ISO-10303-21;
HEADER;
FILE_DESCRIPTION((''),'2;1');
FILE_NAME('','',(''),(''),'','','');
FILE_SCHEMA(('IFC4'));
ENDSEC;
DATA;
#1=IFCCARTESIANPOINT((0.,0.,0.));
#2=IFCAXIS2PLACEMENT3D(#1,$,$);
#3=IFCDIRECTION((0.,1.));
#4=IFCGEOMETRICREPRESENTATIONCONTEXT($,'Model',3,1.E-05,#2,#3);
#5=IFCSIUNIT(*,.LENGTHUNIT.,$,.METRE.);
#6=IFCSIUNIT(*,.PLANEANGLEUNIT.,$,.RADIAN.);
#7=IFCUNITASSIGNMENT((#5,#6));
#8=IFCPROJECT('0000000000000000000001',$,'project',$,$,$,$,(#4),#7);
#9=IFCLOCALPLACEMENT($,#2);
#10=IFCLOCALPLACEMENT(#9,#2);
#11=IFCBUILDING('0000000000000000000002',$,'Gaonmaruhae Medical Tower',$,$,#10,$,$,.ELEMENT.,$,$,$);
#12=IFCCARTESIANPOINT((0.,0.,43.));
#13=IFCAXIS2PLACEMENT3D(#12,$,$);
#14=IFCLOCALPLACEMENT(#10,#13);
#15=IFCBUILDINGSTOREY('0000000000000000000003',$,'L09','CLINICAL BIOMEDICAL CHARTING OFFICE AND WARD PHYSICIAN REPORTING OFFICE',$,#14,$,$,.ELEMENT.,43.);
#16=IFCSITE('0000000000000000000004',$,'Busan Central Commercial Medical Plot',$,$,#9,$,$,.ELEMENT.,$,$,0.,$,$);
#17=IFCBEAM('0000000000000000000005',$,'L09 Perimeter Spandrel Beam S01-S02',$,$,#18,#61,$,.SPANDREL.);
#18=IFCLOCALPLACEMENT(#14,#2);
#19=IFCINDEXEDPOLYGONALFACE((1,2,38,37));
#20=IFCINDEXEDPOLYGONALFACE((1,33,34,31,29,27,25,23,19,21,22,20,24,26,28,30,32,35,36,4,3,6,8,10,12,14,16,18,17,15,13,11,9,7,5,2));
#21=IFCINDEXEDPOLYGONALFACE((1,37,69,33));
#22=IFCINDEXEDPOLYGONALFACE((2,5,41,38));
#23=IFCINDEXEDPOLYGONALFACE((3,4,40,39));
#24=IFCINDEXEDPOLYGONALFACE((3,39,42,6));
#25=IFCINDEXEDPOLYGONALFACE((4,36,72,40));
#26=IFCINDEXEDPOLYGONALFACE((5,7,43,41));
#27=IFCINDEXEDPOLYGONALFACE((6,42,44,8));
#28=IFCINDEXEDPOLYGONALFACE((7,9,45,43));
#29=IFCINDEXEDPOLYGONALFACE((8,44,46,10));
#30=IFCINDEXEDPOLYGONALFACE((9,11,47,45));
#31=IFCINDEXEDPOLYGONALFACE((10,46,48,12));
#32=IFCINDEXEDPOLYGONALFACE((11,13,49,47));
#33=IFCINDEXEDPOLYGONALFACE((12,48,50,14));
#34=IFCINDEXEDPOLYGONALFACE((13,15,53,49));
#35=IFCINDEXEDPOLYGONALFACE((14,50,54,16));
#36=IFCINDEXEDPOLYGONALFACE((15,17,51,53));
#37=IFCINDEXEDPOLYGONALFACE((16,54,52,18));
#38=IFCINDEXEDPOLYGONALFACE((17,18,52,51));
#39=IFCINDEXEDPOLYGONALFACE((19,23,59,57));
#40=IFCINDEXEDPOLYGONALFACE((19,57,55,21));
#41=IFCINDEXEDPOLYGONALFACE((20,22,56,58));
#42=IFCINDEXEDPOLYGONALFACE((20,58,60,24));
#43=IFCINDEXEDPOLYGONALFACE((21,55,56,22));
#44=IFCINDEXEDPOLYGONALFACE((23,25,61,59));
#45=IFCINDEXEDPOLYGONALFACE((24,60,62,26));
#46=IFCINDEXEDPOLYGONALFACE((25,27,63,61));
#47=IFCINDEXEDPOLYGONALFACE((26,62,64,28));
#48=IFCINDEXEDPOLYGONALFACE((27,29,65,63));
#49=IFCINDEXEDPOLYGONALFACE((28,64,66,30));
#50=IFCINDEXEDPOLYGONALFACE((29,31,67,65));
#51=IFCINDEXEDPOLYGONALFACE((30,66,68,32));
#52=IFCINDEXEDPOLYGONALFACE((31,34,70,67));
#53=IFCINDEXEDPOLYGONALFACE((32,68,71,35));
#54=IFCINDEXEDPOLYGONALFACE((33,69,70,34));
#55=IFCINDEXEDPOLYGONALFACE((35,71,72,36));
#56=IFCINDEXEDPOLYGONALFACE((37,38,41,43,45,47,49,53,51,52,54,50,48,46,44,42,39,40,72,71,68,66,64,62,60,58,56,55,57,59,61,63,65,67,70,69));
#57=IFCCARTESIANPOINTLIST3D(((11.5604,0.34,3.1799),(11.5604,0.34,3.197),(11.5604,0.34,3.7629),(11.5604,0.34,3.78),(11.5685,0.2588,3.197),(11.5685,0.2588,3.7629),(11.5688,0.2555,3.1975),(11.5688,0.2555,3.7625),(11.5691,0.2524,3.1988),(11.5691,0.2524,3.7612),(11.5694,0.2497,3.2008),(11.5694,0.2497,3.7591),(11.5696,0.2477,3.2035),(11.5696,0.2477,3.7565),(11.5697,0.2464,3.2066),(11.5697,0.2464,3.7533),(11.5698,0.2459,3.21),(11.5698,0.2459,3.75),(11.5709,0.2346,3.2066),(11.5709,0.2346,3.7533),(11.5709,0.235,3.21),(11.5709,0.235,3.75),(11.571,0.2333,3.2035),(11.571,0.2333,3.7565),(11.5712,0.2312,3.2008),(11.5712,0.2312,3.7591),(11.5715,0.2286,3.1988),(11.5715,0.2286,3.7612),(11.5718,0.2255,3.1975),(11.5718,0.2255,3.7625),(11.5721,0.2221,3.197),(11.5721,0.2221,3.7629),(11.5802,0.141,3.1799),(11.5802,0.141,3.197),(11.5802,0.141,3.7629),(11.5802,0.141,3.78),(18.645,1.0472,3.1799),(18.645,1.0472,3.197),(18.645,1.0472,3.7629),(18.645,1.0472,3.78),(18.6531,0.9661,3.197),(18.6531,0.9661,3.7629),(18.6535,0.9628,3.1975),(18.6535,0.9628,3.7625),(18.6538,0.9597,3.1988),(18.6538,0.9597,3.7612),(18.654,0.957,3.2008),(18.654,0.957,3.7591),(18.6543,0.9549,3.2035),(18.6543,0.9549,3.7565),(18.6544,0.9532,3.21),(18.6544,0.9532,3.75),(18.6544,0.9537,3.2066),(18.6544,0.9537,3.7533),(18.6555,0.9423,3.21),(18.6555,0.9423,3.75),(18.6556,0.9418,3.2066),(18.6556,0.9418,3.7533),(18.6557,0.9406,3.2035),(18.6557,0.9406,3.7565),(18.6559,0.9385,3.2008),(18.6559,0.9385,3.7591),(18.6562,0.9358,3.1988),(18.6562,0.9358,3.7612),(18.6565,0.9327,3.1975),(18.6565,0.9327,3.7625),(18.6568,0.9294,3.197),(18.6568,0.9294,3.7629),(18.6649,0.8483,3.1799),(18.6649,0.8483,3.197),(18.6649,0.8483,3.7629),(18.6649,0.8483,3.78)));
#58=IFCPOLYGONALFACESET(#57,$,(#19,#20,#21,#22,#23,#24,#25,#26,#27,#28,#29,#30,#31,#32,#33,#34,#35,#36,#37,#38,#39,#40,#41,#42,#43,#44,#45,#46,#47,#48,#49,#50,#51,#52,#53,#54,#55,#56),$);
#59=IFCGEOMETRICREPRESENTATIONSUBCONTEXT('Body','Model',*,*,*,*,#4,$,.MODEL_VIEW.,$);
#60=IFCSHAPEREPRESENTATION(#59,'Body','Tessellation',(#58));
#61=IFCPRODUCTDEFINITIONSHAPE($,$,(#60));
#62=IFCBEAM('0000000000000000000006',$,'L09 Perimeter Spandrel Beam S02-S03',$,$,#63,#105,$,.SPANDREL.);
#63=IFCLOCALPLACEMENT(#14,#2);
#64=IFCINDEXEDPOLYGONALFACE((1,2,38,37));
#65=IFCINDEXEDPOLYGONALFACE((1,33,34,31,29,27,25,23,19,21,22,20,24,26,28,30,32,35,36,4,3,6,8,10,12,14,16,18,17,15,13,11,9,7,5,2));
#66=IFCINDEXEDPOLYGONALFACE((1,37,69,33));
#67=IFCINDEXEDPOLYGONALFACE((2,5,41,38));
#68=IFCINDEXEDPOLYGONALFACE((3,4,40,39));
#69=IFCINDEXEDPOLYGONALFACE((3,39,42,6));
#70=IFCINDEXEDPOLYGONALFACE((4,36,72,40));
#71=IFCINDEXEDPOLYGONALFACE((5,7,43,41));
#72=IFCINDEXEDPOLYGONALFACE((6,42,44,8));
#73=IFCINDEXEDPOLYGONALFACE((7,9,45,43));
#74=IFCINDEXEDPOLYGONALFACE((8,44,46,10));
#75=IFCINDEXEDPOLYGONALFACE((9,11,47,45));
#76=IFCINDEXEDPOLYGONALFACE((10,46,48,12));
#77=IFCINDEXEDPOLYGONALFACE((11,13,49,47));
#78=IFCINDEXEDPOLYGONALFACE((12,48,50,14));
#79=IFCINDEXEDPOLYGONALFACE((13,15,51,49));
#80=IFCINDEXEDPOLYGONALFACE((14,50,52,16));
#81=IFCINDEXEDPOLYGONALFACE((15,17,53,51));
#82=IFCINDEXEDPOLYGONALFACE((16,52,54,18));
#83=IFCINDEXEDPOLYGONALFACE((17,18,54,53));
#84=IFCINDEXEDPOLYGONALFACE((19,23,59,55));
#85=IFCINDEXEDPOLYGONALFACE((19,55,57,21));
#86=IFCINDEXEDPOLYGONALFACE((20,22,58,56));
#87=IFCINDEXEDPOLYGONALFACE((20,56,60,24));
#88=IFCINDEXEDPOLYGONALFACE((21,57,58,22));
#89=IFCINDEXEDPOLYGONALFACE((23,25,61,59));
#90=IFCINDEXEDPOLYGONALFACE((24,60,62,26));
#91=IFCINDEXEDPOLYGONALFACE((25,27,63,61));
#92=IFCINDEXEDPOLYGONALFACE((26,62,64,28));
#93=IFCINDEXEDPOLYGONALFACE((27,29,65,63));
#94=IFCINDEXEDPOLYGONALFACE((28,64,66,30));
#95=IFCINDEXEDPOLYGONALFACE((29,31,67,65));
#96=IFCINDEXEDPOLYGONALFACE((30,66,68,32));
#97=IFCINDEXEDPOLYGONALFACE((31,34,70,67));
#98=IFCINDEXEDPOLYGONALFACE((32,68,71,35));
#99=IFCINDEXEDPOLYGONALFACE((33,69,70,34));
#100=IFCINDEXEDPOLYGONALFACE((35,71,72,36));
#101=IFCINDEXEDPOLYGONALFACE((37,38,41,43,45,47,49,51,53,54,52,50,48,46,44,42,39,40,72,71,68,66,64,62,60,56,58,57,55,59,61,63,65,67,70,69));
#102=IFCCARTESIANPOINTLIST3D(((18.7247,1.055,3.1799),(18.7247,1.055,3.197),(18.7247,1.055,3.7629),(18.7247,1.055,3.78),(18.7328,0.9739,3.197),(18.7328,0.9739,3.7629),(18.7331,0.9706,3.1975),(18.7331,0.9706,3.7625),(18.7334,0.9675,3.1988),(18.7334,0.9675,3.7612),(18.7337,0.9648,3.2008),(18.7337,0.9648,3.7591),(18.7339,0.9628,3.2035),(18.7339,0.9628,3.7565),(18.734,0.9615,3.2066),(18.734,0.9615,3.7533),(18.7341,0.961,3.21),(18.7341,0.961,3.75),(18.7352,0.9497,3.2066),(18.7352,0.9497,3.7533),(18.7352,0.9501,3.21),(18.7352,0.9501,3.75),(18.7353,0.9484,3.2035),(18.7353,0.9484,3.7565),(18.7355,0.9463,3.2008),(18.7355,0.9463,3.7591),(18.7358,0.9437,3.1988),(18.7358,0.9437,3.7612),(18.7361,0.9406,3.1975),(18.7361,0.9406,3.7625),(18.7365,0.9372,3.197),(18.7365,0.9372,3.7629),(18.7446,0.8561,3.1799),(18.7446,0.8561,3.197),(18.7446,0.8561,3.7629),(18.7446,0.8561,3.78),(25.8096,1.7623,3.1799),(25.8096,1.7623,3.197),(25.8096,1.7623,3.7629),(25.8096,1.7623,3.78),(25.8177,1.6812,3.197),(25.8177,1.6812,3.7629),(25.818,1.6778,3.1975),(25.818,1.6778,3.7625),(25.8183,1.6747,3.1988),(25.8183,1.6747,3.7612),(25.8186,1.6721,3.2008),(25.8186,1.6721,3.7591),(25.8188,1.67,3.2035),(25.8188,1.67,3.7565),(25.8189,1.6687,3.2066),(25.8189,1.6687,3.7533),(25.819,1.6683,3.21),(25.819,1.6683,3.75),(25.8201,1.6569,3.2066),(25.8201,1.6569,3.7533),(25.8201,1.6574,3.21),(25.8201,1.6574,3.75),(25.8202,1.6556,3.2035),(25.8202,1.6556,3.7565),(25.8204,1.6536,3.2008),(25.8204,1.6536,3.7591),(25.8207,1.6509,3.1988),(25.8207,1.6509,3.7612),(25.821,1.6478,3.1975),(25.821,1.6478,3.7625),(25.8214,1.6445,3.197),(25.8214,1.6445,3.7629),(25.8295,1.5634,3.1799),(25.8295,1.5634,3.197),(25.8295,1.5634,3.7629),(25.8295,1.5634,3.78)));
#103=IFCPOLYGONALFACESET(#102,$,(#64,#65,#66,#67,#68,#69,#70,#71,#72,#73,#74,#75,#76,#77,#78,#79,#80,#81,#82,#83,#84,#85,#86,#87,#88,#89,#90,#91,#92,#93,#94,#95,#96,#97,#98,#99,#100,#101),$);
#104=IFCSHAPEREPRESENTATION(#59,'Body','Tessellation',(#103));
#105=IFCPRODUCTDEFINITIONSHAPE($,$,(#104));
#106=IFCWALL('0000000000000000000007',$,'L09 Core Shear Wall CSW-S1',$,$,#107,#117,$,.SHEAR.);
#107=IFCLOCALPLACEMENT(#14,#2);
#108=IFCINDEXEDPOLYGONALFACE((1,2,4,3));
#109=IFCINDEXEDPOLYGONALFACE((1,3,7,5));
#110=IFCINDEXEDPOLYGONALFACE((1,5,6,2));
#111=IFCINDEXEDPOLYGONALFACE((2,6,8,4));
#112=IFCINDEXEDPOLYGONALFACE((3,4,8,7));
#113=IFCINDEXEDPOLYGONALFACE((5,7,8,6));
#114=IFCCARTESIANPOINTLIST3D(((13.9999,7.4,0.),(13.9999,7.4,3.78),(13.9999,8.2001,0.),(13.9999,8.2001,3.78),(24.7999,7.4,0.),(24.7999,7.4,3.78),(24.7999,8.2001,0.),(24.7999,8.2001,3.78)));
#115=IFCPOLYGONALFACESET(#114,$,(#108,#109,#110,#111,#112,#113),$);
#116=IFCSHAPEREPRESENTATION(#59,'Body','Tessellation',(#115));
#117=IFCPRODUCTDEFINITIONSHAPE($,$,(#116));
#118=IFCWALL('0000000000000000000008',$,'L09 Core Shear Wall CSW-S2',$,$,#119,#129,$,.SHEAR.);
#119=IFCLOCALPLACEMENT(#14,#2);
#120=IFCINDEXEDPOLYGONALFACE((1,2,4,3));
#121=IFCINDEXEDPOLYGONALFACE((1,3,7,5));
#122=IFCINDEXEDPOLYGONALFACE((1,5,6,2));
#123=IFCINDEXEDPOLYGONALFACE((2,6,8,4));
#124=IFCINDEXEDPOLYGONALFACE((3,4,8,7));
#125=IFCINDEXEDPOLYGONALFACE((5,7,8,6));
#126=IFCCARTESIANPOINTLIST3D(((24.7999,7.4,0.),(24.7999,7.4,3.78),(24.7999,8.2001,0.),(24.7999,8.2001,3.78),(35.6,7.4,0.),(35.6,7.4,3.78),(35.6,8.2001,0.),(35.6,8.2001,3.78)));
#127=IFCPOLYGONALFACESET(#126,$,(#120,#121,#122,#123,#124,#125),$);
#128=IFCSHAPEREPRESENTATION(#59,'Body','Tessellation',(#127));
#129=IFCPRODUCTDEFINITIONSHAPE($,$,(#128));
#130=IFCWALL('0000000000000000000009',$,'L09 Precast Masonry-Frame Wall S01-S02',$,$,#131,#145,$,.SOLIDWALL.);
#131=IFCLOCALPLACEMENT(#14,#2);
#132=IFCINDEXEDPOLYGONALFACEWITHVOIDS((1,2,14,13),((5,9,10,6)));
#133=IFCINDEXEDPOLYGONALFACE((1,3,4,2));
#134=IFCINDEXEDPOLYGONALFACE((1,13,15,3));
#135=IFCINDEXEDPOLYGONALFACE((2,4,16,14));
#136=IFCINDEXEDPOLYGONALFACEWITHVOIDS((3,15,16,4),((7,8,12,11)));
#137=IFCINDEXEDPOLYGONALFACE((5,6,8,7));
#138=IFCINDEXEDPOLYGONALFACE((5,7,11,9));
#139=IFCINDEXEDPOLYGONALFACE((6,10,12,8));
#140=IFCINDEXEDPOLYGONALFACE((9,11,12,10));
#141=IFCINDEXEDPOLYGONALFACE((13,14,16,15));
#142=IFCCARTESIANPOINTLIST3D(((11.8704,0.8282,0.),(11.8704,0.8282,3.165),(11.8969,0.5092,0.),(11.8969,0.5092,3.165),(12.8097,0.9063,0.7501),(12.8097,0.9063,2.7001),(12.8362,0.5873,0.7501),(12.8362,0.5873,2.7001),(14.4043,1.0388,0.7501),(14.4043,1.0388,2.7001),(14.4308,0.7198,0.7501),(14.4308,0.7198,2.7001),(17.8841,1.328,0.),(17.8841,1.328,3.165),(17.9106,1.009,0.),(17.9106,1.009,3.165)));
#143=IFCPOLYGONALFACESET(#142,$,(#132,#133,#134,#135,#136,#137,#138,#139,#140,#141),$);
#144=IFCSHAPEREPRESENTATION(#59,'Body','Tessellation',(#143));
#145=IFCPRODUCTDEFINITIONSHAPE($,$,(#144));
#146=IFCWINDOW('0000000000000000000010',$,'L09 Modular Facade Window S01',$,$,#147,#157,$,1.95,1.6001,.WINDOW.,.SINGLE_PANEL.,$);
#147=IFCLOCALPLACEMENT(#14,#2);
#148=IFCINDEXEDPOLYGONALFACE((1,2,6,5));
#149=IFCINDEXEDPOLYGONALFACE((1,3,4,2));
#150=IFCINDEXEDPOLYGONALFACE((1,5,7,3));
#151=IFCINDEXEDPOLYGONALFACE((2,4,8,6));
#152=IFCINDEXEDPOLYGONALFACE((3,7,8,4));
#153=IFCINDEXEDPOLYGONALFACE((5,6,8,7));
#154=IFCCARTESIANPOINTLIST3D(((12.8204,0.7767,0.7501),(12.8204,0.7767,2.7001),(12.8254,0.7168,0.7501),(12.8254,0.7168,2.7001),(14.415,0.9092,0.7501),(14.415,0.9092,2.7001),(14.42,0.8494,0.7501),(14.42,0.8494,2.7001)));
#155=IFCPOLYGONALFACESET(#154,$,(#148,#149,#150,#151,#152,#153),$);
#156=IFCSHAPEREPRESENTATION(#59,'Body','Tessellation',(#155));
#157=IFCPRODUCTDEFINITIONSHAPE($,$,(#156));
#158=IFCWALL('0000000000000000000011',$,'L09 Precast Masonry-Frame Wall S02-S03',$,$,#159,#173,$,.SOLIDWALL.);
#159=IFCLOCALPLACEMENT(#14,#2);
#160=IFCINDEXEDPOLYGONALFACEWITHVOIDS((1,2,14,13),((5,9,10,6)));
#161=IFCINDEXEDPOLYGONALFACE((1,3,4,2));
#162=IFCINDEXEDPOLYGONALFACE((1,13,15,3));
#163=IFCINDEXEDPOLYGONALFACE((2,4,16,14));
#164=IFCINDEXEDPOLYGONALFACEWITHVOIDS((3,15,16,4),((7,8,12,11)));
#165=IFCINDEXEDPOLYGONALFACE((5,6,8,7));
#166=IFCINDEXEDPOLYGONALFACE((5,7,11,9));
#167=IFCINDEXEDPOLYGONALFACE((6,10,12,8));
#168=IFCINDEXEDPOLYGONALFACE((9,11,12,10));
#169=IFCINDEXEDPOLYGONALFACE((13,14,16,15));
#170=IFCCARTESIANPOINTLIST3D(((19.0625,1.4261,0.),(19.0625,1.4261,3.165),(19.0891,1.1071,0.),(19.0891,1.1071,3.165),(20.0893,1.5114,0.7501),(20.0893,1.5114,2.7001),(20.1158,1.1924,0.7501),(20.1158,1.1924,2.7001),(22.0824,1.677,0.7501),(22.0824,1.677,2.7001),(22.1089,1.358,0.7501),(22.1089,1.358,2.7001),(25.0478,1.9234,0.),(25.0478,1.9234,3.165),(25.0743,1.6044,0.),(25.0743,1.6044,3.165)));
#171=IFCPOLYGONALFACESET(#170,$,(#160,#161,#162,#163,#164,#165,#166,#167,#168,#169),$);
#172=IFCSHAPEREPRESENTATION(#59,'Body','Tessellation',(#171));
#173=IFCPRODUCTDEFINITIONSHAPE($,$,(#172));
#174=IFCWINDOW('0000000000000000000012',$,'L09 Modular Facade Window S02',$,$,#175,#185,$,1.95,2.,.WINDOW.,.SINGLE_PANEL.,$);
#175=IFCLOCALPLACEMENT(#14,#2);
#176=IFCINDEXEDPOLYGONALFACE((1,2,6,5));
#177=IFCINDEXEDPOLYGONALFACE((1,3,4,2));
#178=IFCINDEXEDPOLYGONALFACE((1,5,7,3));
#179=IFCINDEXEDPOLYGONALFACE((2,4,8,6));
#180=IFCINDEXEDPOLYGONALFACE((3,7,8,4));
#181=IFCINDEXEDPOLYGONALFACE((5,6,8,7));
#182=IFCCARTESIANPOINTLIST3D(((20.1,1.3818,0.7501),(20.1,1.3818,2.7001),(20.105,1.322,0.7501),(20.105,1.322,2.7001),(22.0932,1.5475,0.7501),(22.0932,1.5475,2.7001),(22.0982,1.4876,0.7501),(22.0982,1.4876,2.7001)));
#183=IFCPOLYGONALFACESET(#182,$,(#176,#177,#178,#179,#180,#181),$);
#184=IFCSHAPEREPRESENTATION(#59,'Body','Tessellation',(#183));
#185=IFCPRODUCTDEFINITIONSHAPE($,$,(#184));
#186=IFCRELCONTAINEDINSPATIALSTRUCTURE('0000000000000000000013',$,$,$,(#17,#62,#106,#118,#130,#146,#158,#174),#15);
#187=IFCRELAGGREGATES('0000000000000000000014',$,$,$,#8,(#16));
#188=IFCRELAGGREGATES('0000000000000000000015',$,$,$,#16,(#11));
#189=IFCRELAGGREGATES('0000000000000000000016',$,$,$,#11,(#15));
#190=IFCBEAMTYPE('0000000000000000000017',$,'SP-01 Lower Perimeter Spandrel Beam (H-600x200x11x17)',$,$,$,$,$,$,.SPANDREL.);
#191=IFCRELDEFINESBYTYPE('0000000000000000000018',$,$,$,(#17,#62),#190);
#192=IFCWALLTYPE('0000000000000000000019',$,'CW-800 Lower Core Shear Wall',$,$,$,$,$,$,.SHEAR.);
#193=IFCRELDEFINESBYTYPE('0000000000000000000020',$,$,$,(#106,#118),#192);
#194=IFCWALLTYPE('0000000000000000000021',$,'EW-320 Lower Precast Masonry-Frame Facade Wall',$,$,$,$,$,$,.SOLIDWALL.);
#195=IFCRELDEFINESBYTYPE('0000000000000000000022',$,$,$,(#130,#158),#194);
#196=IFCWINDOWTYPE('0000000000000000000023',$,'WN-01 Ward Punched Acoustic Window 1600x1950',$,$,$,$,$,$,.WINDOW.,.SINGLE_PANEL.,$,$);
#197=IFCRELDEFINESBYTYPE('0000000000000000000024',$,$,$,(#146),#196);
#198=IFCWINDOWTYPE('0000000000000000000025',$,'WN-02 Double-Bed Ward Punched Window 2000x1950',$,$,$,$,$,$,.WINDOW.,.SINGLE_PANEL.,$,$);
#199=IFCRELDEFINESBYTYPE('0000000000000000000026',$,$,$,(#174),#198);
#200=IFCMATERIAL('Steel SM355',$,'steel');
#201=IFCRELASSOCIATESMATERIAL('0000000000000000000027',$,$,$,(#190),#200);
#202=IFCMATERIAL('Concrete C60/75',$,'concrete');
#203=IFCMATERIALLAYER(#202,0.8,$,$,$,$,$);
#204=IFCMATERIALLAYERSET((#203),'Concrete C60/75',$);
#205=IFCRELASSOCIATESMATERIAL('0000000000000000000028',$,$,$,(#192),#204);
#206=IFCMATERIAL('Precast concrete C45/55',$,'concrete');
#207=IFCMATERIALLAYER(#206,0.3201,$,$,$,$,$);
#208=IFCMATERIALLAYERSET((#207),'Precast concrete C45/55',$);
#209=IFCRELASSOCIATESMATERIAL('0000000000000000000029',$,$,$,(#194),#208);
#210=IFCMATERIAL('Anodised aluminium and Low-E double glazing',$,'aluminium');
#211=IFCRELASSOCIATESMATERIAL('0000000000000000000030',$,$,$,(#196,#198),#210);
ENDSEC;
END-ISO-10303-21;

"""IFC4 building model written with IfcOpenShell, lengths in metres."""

from ifc_helpers import new_model, si_unit, direction, frame, frame_2d, origin, origin_2d, place, context, subcontext, project, spatial, rectangle, i_section, extrude, material, layer, layer_set, material_profile, profile_set, type_object, element, fill, save


model = new_model("IFC4")

# Units and contexts
model_context = context("Model", 3, precision=1e-05, world=origin(), true_north=direction((0.0, 1.0)))
body_context = subcontext(model_context, "Body", "Model", "MODEL_VIEW")
ifc_project = project(units=[si_unit("LENGTHUNIT", "METRE"), si_unit("PLANEANGLEUNIT", "RADIAN")], contexts=[model_context])

# Site, building, storey
site_placement = place(None, origin())
site = spatial("IfcSite", under=ifc_project, at=site_placement, Name="Busan Central Commercial Medical Plot", CompositionType="ELEMENT", RefElevation=0.0)
building_placement = place(site_placement, origin())
building = spatial("IfcBuilding", under=site, at=building_placement, Name="Gaonmaruhae Medical Tower", CompositionType="ELEMENT")
storey_placement = place(building_placement, frame((0.0, 0.0, 43.0)))
storey = spatial("IfcBuildingStorey", under=building, at=storey_placement, Name="L09", Description="CLINICAL BIOMEDICAL CHARTING OFFICE AND WARD PHYSICIAN REPORTING OFFICE", CompositionType="ELEMENT", Elevation=43.0)

# Shared definitions
ifc_material_1 = material(Name="Concrete C60/75", Category="concrete")

# Beams
ifc_material_2 = material(Name="Steel SM355", Category="steel")
ifc_material_profile_1 = material_profile(ifc_material_2, i_section(OverallWidth=0.2, OverallDepth=0.6001, WebThickness=0.011, FlangeThickness=0.0171, FilletRadius=0.0129, at=origin_2d()), Name="H-600x200x11x17")
ifc_profile_set_1 = profile_set([ifc_material_profile_1], Name="Steel SM355")
beam_type_1 = type_object("IfcBeamType", Name="SP-01 Lower Perimeter Spandrel Beam (H-600x200x11x17)", PredefinedType="SPANDREL", material=ifc_profile_set_1)
beam_1_placement = place(storey_placement, frame((11.5703, 0.2405, 3.48), z_axis=(0.995054, 0.099337, 0.0), x_axis=(-0.099337, 0.995054, 0.0)))
element("IfcBeam", 1, at=beam_1_placement, inside=storey, type_object=beam_type_1, Name="L09 Perimeter Spandrel Beam S01-S02", PredefinedType="SPANDREL", context=body_context, shape_type="SweptSolid", body=[
    extrude(i_section(OverallWidth=0.2, OverallDepth=0.6001, WebThickness=0.011, FlangeThickness=0.0171, FilletRadius=0.0129, at=origin_2d()), origin(), (0.0, 0.0, 1.0), 7.1199),
])
beam_2_placement = place(storey_placement, frame((18.7346, 0.9556, 3.48), z_axis=(0.995054, 0.099334, 0.0), x_axis=(-0.099334, 0.995054, 0.0)))
element("IfcBeam", 2, at=beam_2_placement, inside=storey, type_object=beam_type_1, Name="L09 Perimeter Spandrel Beam S02-S03", PredefinedType="SPANDREL", context=body_context, shape_type="SweptSolid", body=[
    extrude(i_section(OverallWidth=0.2, OverallDepth=0.6001, WebThickness=0.011, FlangeThickness=0.0171, FilletRadius=0.0129, at=origin_2d()), origin(), (0.0, 0.0, 1.0), 7.1201),
])

# Walls
ifc_layer_1 = layer(ifc_material_1, 0.8)
ifc_layer_set_1 = layer_set([ifc_layer_1], Name="Concrete C60/75")
wall_type_1 = type_object("IfcWallType", Name="CW-800 Lower Core Shear Wall", PredefinedType="SHEAR", material=ifc_layer_set_1)
for number, where, z_axis, x_axis, name in (
    (3, (14.0, 7.8, 0.0), (0.0, 0.0, 1.0), (1.0, 0.0, 0.0), "L09 Core Shear Wall CSW-S1"),
    (4, (24.8, 7.8, 0.0), (0.0, 0.0, 1.0), (1.0, 0.0, 0.0), "L09 Core Shear Wall CSW-S2"),
):
    element("IfcWall", number, at=place(storey_placement, frame(where, z_axis=z_axis, x_axis=x_axis)), inside=storey, type_object=wall_type_1, Name=name, PredefinedType="SHEAR", context=body_context, shape_type="SweptSolid", body=[
        extrude(rectangle(XDim=10.8, YDim=0.8, at=frame_2d((5.3999, 0.0))), origin(), (0.0, 0.0, 1.0), 3.78),
    ])

# Walls, openings, windows
ifc_material_3 = material(Name="Precast concrete C45/55", Category="concrete")
ifc_layer_2 = layer(ifc_material_3, 0.3201)
ifc_layer_set_2 = layer_set([ifc_layer_2], Name="Precast concrete C45/55")
wall_type_2 = type_object("IfcWallType", Name="EW-320 Lower Precast Masonry-Frame Facade Wall", PredefinedType="SOLIDWALL", material=ifc_layer_set_2)
wall_1_placement = place(storey_placement, frame((17.8972, 1.1685, 0.0), z_axis=(0.0, 0.0, 1.0), x_axis=(-0.996565, -0.082818, 0.0)))
wall_1 = element("IfcWall", 5, at=wall_1_placement, inside=storey, type_object=wall_type_2, Name="L09 Precast Masonry-Frame Wall S01-S02", PredefinedType="SOLIDWALL", context=body_context, shape_type="SweptSolid", body=[
    extrude(rectangle(XDim=6.0344, YDim=0.3201, at=frame_2d((3.0171, 0.0))), origin(), (0.0, 0.0, 1.0), 3.165),
])
opening_1_placement = place(wall_1_placement, frame((3.4917, 0.0, 0.75)))
opening_1 = element("IfcOpeningElement", 6, at=opening_1_placement, cuts=wall_1, PredefinedType="OPENING", context=body_context, shape_type="SweptSolid", body=[
    extrude(rectangle(XDim=1.6001, YDim=1.95, at=frame_2d((0.8, 0.9751))), frame((0.0, 0.1699, 0.0), z_axis=(0.0, -1.0, 0.0), x_axis=(1.0, 0.0, 0.0)), (0.0, 0.0, 1.0), 0.3401),
])
ifc_material_4 = material(Name="Anodised aluminium and Low-E double glazing", Category="aluminium")
window_type_1 = type_object("IfcWindowType", Name="WN-01 Ward Punched Acoustic Window 1600x1950", PartitioningType="SINGLE_PANEL", PredefinedType="WINDOW", material=ifc_material_4)
window_1_placement = place(opening_1_placement, origin())
window_1 = element("IfcWindow", 7, at=window_1_placement, inside=storey, type_object=window_type_1, Name="L09 Modular Facade Window S01", OverallHeight=1.95, OverallWidth=1.6001, PartitioningType="SINGLE_PANEL", PredefinedType="WINDOW", context=body_context, shape_type="SweptSolid", body=[
    extrude(rectangle(XDim=1.6001, YDim=1.95, at=frame_2d((0.8, 0.9751))), frame((0.0, 0.03, 0.0), z_axis=(0.0, -1.0, 0.0), x_axis=(1.0, 0.0, 0.0)), (0.0, 0.0, 1.0), 0.0601),
])
fill(opening_1, window_1)
wall_2_placement = place(storey_placement, frame((25.061, 1.7639, 0.0), z_axis=(0.0, 0.0, 1.0), x_axis=(-0.996566, -0.082803, 0.0)))
wall_2 = element("IfcWall", 8, at=wall_2_placement, inside=storey, type_object=wall_type_2, Name="L09 Precast Masonry-Frame Wall S02-S03", PredefinedType="SOLIDWALL", context=body_context, shape_type="SweptSolid", body=[
    extrude(rectangle(XDim=6.0059, YDim=0.3201, at=frame_2d((3.0029, 0.0))), origin(), (0.0, 0.0, 1.0), 3.165),
])
opening_2_placement = place(wall_2_placement, frame((2.9756, 0.0, 0.75)))
opening_2 = element("IfcOpeningElement", 9, at=opening_2_placement, cuts=wall_2, PredefinedType="OPENING", context=body_context, shape_type="SweptSolid", body=[
    extrude(rectangle(XDim=2.0, YDim=1.95, at=frame_2d((1.0, 0.9751))), frame((0.0, 0.1699, 0.0), z_axis=(0.0, -1.0, 0.0), x_axis=(1.0, 0.0, 0.0)), (0.0, 0.0, 1.0), 0.3401),
])
window_type_2 = type_object("IfcWindowType", Name="WN-02 Double-Bed Ward Punched Window 2000x1950", PartitioningType="SINGLE_PANEL", PredefinedType="WINDOW", material=ifc_material_4)
window_2_placement = place(opening_2_placement, origin())
window_2 = element("IfcWindow", 10, at=window_2_placement, inside=storey, type_object=window_type_2, Name="L09 Modular Facade Window S02", OverallHeight=1.95, OverallWidth=2.0, PartitioningType="SINGLE_PANEL", PredefinedType="WINDOW", context=body_context, shape_type="SweptSolid", body=[
    extrude(rectangle(XDim=2.0, YDim=1.95, at=frame_2d((1.0, 0.9751))), frame((0.0, 0.03, 0.0), z_axis=(0.0, -1.0, 0.0), x_axis=(1.0, 0.0, 0.0)), (0.0, 0.0, 1.0), 0.0601),
])
fill(opening_2, window_2)

save(model, "model.ifc")
